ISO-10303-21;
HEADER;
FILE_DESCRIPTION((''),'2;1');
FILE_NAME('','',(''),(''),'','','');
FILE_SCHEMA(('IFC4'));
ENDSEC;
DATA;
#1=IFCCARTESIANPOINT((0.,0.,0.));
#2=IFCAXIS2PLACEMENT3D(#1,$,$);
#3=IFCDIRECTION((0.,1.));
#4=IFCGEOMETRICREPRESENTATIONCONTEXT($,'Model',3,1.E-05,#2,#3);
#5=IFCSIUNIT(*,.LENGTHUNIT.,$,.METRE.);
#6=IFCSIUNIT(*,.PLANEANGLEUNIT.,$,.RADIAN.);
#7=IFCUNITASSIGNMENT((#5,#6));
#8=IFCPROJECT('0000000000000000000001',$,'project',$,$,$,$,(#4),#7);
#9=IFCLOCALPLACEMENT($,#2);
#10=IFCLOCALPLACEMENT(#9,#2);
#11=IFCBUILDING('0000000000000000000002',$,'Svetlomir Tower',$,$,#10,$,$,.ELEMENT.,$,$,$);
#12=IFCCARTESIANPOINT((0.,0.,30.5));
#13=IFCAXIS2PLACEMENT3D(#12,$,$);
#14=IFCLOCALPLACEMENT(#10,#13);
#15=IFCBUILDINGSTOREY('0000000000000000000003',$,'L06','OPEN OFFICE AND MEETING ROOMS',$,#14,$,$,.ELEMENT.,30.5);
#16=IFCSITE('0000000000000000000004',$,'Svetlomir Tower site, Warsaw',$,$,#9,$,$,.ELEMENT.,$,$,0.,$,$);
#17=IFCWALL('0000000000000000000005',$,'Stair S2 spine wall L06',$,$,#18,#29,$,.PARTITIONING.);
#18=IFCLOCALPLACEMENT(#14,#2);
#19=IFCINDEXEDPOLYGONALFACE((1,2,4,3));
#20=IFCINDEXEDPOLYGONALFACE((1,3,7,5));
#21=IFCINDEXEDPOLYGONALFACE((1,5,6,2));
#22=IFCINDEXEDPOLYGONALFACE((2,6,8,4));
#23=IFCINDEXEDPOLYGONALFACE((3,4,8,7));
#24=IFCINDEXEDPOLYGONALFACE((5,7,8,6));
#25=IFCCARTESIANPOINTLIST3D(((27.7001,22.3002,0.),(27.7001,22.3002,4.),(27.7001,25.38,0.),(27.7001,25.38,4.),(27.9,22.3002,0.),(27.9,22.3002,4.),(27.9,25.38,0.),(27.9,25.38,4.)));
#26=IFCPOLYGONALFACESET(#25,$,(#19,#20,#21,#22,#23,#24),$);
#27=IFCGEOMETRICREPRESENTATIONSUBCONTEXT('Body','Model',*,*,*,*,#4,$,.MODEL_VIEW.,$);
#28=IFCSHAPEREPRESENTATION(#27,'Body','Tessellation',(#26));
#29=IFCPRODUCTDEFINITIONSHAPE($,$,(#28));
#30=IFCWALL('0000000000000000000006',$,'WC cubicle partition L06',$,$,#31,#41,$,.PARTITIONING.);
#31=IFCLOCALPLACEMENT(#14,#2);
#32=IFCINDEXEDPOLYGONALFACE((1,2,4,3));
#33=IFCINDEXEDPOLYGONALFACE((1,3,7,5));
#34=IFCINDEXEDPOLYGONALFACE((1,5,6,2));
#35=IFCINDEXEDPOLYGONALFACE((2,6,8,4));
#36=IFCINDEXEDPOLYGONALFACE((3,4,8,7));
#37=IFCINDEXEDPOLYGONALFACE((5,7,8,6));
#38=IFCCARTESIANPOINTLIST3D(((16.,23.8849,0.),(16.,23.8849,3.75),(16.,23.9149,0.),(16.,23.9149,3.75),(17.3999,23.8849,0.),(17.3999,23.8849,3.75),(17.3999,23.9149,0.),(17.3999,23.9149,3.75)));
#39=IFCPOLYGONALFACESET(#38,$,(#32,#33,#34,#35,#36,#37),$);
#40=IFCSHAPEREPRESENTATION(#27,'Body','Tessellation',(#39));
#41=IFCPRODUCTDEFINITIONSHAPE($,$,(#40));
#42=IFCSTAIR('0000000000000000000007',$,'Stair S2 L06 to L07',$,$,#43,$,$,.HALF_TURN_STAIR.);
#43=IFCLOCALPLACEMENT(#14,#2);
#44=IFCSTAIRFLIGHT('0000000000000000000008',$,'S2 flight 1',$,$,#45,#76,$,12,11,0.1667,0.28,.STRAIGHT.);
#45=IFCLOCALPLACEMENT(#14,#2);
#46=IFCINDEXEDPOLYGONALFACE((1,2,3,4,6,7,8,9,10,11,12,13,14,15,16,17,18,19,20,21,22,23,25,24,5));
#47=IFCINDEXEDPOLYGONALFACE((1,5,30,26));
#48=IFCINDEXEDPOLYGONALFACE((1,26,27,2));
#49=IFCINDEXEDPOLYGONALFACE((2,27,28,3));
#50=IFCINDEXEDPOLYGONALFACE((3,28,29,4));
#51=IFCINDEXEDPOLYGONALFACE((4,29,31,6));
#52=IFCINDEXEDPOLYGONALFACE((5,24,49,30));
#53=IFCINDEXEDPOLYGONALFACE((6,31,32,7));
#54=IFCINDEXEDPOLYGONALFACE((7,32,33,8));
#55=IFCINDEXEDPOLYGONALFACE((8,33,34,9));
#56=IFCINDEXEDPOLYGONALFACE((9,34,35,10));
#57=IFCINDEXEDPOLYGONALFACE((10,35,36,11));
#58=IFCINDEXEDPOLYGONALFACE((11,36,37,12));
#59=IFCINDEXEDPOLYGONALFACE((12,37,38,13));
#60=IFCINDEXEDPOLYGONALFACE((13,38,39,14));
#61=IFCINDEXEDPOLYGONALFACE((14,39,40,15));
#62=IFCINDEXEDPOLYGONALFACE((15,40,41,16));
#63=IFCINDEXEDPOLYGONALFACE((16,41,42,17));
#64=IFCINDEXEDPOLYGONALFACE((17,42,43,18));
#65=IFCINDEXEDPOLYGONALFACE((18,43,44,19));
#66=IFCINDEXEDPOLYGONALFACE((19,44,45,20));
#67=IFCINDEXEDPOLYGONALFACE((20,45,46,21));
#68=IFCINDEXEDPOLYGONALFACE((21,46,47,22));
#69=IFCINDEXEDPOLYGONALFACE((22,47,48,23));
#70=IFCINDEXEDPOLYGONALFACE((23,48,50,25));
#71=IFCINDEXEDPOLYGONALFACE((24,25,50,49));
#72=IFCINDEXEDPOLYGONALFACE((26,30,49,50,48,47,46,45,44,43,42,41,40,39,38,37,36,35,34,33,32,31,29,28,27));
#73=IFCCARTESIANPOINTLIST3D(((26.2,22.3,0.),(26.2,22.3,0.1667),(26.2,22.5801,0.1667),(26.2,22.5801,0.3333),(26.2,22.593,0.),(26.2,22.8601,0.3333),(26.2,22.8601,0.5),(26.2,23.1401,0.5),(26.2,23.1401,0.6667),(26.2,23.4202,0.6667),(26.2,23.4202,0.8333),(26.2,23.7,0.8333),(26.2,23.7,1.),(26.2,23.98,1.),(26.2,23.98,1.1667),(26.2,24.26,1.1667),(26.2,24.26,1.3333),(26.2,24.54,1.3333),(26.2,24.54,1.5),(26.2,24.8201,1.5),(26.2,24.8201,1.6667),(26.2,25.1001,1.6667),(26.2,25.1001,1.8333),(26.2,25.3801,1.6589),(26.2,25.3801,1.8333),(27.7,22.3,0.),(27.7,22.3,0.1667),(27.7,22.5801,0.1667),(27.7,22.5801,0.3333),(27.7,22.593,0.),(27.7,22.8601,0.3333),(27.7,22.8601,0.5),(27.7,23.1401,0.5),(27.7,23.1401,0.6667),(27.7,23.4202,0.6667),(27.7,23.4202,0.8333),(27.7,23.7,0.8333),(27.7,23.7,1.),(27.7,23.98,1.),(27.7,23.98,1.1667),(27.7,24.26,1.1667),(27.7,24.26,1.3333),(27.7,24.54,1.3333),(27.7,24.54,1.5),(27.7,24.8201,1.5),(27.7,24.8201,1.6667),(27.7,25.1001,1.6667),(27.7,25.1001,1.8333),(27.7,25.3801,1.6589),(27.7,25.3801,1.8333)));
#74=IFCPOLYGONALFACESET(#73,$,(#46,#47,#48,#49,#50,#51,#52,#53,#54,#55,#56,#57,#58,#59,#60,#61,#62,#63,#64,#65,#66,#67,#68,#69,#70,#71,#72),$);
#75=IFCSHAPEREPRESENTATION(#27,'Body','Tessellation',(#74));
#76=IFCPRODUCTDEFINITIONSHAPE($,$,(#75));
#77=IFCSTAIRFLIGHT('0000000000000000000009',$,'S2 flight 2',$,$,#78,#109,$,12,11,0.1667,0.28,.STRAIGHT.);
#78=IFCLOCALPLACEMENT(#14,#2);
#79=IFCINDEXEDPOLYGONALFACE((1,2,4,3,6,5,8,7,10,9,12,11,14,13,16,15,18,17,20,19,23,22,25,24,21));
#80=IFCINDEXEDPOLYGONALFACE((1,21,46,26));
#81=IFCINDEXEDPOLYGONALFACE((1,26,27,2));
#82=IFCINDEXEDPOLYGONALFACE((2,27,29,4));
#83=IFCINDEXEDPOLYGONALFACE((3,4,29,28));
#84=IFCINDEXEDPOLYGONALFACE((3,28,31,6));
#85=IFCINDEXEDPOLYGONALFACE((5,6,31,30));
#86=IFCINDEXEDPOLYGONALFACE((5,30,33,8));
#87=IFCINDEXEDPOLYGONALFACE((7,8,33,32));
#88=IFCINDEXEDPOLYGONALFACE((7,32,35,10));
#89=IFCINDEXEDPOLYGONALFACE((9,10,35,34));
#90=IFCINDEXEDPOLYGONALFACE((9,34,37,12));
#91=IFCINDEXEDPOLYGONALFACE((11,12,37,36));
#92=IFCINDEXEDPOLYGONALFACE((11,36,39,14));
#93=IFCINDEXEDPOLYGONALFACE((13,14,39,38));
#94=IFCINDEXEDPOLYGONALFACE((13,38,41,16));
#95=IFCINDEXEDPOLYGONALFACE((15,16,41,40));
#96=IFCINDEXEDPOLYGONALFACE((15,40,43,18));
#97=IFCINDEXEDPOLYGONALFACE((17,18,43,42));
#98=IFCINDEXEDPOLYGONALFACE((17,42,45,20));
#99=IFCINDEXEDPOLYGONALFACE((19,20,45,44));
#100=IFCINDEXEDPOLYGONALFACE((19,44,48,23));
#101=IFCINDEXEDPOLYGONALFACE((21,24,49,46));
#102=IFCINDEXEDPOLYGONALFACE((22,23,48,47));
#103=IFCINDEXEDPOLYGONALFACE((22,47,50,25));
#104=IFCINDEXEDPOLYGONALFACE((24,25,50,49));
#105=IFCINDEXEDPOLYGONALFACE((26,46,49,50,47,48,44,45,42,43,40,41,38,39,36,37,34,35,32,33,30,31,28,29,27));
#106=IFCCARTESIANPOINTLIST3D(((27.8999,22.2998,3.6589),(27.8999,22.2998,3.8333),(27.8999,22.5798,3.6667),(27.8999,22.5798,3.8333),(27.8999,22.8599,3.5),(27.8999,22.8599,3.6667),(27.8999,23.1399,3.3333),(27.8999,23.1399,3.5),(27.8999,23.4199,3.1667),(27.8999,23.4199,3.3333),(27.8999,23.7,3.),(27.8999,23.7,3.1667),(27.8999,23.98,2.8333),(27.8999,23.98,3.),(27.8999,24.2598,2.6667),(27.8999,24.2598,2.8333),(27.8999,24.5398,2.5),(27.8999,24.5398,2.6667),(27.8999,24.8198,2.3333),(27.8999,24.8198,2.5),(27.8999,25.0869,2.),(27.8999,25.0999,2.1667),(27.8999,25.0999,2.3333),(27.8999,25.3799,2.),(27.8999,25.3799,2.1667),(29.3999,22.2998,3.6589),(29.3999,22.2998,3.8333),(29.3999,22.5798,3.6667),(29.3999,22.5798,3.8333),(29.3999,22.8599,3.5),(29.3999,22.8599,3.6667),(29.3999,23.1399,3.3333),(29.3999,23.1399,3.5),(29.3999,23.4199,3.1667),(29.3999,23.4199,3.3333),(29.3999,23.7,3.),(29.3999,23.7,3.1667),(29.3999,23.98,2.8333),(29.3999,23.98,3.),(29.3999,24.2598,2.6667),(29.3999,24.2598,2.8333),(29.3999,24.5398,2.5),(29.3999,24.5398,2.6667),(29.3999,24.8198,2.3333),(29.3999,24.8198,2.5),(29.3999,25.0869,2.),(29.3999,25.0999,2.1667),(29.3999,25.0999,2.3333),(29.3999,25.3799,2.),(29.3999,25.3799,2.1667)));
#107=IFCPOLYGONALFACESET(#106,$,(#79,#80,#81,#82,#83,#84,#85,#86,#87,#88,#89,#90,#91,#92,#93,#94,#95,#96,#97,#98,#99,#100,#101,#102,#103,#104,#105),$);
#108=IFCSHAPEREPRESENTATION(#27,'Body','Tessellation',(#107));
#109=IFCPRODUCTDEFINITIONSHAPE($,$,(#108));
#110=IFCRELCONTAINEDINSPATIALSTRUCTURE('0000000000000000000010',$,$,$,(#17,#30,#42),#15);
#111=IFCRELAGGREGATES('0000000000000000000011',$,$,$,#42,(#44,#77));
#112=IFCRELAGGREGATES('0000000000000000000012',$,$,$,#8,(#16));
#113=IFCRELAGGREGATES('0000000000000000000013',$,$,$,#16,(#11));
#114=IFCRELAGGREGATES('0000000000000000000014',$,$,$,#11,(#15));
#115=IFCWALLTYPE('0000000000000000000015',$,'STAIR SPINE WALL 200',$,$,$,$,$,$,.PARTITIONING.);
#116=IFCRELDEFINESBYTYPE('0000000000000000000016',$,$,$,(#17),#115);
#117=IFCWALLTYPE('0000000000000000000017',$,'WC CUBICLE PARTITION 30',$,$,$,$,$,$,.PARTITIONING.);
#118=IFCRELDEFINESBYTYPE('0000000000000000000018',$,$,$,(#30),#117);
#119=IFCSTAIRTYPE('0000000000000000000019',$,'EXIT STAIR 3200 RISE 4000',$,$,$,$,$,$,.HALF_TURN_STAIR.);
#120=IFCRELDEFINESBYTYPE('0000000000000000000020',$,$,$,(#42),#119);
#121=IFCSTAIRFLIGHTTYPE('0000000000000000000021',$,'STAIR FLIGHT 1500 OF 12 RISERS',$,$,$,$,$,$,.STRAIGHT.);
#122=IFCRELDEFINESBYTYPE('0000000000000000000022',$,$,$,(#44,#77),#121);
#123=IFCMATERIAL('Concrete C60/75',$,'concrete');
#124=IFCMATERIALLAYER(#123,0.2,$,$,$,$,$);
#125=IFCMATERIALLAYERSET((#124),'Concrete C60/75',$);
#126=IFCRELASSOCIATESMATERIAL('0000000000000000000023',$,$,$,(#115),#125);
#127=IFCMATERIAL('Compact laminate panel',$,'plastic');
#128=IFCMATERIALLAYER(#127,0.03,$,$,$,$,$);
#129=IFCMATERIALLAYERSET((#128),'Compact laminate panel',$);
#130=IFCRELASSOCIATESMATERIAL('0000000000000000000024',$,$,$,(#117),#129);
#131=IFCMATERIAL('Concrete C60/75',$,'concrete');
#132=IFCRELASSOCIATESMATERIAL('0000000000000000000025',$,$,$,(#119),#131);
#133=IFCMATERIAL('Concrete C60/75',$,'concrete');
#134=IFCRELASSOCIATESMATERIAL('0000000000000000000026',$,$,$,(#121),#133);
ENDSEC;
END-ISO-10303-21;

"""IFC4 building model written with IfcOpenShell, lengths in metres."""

from ifc_helpers import new_model, si_unit, direction, frame, frame_2d, origin, place, context, subcontext, project, spatial, polyline, rectangle, outline, extrude, material, layer, layer_set, type_object, element, aggregate, save


model = new_model("IFC4")

# Units and contexts
model_context = context("Model", 3, precision=1e-05, world=origin(), true_north=direction((0.0, 1.0)))
body_context = subcontext(model_context, "Body", "Model", "MODEL_VIEW")
ifc_project = project(units=[si_unit("LENGTHUNIT", "METRE"), si_unit("PLANEANGLEUNIT", "RADIAN")], contexts=[model_context])

# Site, building, storey
site_placement = place(None, origin())
site = spatial("IfcSite", under=ifc_project, at=site_placement, Name="Svetlomir Tower site, Warsaw", CompositionType="ELEMENT", RefElevation=0.0)
building_placement = place(site_placement, origin())
building = spatial("IfcBuilding", under=site, at=building_placement, Name="Svetlomir Tower", CompositionType="ELEMENT")
storey_placement = place(building_placement, frame((0.0, 0.0, 30.5)))
storey = spatial("IfcBuildingStorey", under=building, at=storey_placement, Name="L06", Description="OPEN OFFICE AND MEETING ROOMS", CompositionType="ELEMENT", Elevation=30.5)

# Walls
ifc_material_1 = material(Name="Concrete C60/75", Category="concrete")
ifc_layer_1 = layer(ifc_material_1, 0.2)
ifc_layer_set_1 = layer_set([ifc_layer_1], Name="Concrete C60/75")
wall_type_1 = type_object("IfcWallType", Name="STAIR SPINE WALL 200", PredefinedType="PARTITIONING", material=ifc_layer_set_1)
wall_1_placement = place(storey_placement, frame((27.8, 22.3, 0.0), z_axis=(0.0, 0.0, 1.0), x_axis=(0.0, 1.0, 0.0)))
element("IfcWall", 1, at=wall_1_placement, inside=storey, type_object=wall_type_1, Name="Stair S2 spine wall L06", PredefinedType="PARTITIONING", context=body_context, shape_type="SweptSolid", body=[
    extrude(rectangle(XDim=3.0798, YDim=0.2, at=frame_2d((1.54, 0.0))), origin(), (0.0, 0.0, 1.0), 4.0),
])
ifc_material_2 = material(Name="Compact laminate panel", Category="plastic")
ifc_layer_2 = layer(ifc_material_2, 0.03)
ifc_layer_set_2 = layer_set([ifc_layer_2], Name="Compact laminate panel")
wall_type_2 = type_object("IfcWallType", Name="WC CUBICLE PARTITION 30", PredefinedType="PARTITIONING", material=ifc_layer_set_2)
wall_2_placement = place(storey_placement, frame((16.0, 23.8999, 0.0), z_axis=(0.0, 0.0, 1.0), x_axis=(1.0, 0.0, 0.0)))
element("IfcWall", 2, at=wall_2_placement, inside=storey, type_object=wall_type_2, Name="WC cubicle partition L06", PredefinedType="PARTITIONING", context=body_context, shape_type="SweptSolid", body=[
    extrude(rectangle(XDim=1.3999, YDim=0.03, at=frame_2d((0.7, 0.0))), origin(), (0.0, 0.0, 1.0), 3.75),
])

# Stair, stair flights
ifc_material_3 = material(Name="Concrete C60/75", Category="concrete")
stair_type = type_object("IfcStairType", Name="EXIT STAIR 3200 RISE 4000", PredefinedType="HALF_TURN_STAIR", material=ifc_material_3)
stair_placement = place(storey_placement, origin())
stair = element("IfcStair", 3, at=stair_placement, inside=storey, type_object=stair_type, Name="Stair S2 L06 to L07", PredefinedType="HALF_TURN_STAIR")
ifc_material_4 = material(Name="Concrete C60/75", Category="concrete")
stair_flight_type = type_object("IfcStairFlightType", Name="STAIR FLIGHT 1500 OF 12 RISERS", PredefinedType="STRAIGHT", material=ifc_material_4)
stair_flight_1_placement = place(storey_placement, frame((26.95, 22.3, 0.0), z_axis=(0.0, 0.0, 1.0), x_axis=(0.0, 1.0, 0.0)))
stair_flight_1 = element("IfcStairFlight", 4, at=stair_flight_1_placement, type_object=stair_flight_type, Name="S2 flight 1", NumberOfRisers=12, NumberOfTreads=11, PredefinedType="STRAIGHT", RiserHeight=0.1667, TreadLength=0.28, context=body_context, shape_type="SweptSolid", body=[
    extrude(outline(polyline([(0.0, 0.0), (0.0, 0.1667), (0.28, 0.1667), (0.28, 0.3333), (0.5601, 0.3333), (0.5601, 0.5), (0.8401, 0.5), (0.8401, 0.6667), (1.1201, 0.6667), (1.1201, 0.8333), (1.3999, 0.8333), (1.3999, 1.0), (1.6799, 1.0), (1.6799, 1.1667), (1.96, 1.1667), (1.96, 1.3333), (2.24, 1.3333), (2.24, 1.5), (2.52, 1.5), (2.52, 1.6667), (2.8, 1.6667), (2.8, 1.8333), (3.0801, 1.8333), (3.0801, 2.0), (3.0801, 1.6589), (0.293, 0.0), (0.0, 0.0)])), frame((0.0, 0.75, 0.0), z_axis=(0.0, -1.0, 0.0), x_axis=(1.0, 0.0, 0.0)), (0.0, 0.0, 1.0), 1.5),
])
stair_flight_2_placement = place(storey_placement, frame((28.6499, 25.3799, 2.0), z_axis=(0.0, 0.0, 1.0), x_axis=(0.0, -1.0, 0.0)))
stair_flight_2 = element("IfcStairFlight", 5, at=stair_flight_2_placement, type_object=stair_flight_type, Name="S2 flight 2", NumberOfRisers=12, NumberOfTreads=11, PredefinedType="STRAIGHT", RiserHeight=0.1667, TreadLength=0.28, context=body_context, shape_type="SweptSolid", body=[
    extrude(outline(polyline([(0.0, 0.0), (0.0, 0.1667), (0.28, 0.1667), (0.28, 0.3333), (0.5601, 0.3333), (0.5601, 0.5), (0.8401, 0.5), (0.8401, 0.6667), (1.1201, 0.6667), (1.1201, 0.8333), (1.3999, 0.8333), (1.3999, 1.0), (1.6799, 1.0), (1.6799, 1.1667), (1.96, 1.1667), (1.96, 1.3333), (2.24, 1.3333), (2.24, 1.5), (2.52, 1.5), (2.52, 1.6667), (2.8, 1.6667), (2.8, 1.8333), (3.0801, 1.8333), (3.0801, 2.0), (3.0801, 1.6589), (0.293, 0.0), (0.0, 0.0)])), frame((0.0, 0.75, 0.0), z_axis=(0.0, -1.0, 0.0), x_axis=(1.0, 0.0, 0.0)), (0.0, 0.0, 1.0), 1.5),
])
aggregate(stair, [stair_flight_1, stair_flight_2])

save(model, "model.ifc")
